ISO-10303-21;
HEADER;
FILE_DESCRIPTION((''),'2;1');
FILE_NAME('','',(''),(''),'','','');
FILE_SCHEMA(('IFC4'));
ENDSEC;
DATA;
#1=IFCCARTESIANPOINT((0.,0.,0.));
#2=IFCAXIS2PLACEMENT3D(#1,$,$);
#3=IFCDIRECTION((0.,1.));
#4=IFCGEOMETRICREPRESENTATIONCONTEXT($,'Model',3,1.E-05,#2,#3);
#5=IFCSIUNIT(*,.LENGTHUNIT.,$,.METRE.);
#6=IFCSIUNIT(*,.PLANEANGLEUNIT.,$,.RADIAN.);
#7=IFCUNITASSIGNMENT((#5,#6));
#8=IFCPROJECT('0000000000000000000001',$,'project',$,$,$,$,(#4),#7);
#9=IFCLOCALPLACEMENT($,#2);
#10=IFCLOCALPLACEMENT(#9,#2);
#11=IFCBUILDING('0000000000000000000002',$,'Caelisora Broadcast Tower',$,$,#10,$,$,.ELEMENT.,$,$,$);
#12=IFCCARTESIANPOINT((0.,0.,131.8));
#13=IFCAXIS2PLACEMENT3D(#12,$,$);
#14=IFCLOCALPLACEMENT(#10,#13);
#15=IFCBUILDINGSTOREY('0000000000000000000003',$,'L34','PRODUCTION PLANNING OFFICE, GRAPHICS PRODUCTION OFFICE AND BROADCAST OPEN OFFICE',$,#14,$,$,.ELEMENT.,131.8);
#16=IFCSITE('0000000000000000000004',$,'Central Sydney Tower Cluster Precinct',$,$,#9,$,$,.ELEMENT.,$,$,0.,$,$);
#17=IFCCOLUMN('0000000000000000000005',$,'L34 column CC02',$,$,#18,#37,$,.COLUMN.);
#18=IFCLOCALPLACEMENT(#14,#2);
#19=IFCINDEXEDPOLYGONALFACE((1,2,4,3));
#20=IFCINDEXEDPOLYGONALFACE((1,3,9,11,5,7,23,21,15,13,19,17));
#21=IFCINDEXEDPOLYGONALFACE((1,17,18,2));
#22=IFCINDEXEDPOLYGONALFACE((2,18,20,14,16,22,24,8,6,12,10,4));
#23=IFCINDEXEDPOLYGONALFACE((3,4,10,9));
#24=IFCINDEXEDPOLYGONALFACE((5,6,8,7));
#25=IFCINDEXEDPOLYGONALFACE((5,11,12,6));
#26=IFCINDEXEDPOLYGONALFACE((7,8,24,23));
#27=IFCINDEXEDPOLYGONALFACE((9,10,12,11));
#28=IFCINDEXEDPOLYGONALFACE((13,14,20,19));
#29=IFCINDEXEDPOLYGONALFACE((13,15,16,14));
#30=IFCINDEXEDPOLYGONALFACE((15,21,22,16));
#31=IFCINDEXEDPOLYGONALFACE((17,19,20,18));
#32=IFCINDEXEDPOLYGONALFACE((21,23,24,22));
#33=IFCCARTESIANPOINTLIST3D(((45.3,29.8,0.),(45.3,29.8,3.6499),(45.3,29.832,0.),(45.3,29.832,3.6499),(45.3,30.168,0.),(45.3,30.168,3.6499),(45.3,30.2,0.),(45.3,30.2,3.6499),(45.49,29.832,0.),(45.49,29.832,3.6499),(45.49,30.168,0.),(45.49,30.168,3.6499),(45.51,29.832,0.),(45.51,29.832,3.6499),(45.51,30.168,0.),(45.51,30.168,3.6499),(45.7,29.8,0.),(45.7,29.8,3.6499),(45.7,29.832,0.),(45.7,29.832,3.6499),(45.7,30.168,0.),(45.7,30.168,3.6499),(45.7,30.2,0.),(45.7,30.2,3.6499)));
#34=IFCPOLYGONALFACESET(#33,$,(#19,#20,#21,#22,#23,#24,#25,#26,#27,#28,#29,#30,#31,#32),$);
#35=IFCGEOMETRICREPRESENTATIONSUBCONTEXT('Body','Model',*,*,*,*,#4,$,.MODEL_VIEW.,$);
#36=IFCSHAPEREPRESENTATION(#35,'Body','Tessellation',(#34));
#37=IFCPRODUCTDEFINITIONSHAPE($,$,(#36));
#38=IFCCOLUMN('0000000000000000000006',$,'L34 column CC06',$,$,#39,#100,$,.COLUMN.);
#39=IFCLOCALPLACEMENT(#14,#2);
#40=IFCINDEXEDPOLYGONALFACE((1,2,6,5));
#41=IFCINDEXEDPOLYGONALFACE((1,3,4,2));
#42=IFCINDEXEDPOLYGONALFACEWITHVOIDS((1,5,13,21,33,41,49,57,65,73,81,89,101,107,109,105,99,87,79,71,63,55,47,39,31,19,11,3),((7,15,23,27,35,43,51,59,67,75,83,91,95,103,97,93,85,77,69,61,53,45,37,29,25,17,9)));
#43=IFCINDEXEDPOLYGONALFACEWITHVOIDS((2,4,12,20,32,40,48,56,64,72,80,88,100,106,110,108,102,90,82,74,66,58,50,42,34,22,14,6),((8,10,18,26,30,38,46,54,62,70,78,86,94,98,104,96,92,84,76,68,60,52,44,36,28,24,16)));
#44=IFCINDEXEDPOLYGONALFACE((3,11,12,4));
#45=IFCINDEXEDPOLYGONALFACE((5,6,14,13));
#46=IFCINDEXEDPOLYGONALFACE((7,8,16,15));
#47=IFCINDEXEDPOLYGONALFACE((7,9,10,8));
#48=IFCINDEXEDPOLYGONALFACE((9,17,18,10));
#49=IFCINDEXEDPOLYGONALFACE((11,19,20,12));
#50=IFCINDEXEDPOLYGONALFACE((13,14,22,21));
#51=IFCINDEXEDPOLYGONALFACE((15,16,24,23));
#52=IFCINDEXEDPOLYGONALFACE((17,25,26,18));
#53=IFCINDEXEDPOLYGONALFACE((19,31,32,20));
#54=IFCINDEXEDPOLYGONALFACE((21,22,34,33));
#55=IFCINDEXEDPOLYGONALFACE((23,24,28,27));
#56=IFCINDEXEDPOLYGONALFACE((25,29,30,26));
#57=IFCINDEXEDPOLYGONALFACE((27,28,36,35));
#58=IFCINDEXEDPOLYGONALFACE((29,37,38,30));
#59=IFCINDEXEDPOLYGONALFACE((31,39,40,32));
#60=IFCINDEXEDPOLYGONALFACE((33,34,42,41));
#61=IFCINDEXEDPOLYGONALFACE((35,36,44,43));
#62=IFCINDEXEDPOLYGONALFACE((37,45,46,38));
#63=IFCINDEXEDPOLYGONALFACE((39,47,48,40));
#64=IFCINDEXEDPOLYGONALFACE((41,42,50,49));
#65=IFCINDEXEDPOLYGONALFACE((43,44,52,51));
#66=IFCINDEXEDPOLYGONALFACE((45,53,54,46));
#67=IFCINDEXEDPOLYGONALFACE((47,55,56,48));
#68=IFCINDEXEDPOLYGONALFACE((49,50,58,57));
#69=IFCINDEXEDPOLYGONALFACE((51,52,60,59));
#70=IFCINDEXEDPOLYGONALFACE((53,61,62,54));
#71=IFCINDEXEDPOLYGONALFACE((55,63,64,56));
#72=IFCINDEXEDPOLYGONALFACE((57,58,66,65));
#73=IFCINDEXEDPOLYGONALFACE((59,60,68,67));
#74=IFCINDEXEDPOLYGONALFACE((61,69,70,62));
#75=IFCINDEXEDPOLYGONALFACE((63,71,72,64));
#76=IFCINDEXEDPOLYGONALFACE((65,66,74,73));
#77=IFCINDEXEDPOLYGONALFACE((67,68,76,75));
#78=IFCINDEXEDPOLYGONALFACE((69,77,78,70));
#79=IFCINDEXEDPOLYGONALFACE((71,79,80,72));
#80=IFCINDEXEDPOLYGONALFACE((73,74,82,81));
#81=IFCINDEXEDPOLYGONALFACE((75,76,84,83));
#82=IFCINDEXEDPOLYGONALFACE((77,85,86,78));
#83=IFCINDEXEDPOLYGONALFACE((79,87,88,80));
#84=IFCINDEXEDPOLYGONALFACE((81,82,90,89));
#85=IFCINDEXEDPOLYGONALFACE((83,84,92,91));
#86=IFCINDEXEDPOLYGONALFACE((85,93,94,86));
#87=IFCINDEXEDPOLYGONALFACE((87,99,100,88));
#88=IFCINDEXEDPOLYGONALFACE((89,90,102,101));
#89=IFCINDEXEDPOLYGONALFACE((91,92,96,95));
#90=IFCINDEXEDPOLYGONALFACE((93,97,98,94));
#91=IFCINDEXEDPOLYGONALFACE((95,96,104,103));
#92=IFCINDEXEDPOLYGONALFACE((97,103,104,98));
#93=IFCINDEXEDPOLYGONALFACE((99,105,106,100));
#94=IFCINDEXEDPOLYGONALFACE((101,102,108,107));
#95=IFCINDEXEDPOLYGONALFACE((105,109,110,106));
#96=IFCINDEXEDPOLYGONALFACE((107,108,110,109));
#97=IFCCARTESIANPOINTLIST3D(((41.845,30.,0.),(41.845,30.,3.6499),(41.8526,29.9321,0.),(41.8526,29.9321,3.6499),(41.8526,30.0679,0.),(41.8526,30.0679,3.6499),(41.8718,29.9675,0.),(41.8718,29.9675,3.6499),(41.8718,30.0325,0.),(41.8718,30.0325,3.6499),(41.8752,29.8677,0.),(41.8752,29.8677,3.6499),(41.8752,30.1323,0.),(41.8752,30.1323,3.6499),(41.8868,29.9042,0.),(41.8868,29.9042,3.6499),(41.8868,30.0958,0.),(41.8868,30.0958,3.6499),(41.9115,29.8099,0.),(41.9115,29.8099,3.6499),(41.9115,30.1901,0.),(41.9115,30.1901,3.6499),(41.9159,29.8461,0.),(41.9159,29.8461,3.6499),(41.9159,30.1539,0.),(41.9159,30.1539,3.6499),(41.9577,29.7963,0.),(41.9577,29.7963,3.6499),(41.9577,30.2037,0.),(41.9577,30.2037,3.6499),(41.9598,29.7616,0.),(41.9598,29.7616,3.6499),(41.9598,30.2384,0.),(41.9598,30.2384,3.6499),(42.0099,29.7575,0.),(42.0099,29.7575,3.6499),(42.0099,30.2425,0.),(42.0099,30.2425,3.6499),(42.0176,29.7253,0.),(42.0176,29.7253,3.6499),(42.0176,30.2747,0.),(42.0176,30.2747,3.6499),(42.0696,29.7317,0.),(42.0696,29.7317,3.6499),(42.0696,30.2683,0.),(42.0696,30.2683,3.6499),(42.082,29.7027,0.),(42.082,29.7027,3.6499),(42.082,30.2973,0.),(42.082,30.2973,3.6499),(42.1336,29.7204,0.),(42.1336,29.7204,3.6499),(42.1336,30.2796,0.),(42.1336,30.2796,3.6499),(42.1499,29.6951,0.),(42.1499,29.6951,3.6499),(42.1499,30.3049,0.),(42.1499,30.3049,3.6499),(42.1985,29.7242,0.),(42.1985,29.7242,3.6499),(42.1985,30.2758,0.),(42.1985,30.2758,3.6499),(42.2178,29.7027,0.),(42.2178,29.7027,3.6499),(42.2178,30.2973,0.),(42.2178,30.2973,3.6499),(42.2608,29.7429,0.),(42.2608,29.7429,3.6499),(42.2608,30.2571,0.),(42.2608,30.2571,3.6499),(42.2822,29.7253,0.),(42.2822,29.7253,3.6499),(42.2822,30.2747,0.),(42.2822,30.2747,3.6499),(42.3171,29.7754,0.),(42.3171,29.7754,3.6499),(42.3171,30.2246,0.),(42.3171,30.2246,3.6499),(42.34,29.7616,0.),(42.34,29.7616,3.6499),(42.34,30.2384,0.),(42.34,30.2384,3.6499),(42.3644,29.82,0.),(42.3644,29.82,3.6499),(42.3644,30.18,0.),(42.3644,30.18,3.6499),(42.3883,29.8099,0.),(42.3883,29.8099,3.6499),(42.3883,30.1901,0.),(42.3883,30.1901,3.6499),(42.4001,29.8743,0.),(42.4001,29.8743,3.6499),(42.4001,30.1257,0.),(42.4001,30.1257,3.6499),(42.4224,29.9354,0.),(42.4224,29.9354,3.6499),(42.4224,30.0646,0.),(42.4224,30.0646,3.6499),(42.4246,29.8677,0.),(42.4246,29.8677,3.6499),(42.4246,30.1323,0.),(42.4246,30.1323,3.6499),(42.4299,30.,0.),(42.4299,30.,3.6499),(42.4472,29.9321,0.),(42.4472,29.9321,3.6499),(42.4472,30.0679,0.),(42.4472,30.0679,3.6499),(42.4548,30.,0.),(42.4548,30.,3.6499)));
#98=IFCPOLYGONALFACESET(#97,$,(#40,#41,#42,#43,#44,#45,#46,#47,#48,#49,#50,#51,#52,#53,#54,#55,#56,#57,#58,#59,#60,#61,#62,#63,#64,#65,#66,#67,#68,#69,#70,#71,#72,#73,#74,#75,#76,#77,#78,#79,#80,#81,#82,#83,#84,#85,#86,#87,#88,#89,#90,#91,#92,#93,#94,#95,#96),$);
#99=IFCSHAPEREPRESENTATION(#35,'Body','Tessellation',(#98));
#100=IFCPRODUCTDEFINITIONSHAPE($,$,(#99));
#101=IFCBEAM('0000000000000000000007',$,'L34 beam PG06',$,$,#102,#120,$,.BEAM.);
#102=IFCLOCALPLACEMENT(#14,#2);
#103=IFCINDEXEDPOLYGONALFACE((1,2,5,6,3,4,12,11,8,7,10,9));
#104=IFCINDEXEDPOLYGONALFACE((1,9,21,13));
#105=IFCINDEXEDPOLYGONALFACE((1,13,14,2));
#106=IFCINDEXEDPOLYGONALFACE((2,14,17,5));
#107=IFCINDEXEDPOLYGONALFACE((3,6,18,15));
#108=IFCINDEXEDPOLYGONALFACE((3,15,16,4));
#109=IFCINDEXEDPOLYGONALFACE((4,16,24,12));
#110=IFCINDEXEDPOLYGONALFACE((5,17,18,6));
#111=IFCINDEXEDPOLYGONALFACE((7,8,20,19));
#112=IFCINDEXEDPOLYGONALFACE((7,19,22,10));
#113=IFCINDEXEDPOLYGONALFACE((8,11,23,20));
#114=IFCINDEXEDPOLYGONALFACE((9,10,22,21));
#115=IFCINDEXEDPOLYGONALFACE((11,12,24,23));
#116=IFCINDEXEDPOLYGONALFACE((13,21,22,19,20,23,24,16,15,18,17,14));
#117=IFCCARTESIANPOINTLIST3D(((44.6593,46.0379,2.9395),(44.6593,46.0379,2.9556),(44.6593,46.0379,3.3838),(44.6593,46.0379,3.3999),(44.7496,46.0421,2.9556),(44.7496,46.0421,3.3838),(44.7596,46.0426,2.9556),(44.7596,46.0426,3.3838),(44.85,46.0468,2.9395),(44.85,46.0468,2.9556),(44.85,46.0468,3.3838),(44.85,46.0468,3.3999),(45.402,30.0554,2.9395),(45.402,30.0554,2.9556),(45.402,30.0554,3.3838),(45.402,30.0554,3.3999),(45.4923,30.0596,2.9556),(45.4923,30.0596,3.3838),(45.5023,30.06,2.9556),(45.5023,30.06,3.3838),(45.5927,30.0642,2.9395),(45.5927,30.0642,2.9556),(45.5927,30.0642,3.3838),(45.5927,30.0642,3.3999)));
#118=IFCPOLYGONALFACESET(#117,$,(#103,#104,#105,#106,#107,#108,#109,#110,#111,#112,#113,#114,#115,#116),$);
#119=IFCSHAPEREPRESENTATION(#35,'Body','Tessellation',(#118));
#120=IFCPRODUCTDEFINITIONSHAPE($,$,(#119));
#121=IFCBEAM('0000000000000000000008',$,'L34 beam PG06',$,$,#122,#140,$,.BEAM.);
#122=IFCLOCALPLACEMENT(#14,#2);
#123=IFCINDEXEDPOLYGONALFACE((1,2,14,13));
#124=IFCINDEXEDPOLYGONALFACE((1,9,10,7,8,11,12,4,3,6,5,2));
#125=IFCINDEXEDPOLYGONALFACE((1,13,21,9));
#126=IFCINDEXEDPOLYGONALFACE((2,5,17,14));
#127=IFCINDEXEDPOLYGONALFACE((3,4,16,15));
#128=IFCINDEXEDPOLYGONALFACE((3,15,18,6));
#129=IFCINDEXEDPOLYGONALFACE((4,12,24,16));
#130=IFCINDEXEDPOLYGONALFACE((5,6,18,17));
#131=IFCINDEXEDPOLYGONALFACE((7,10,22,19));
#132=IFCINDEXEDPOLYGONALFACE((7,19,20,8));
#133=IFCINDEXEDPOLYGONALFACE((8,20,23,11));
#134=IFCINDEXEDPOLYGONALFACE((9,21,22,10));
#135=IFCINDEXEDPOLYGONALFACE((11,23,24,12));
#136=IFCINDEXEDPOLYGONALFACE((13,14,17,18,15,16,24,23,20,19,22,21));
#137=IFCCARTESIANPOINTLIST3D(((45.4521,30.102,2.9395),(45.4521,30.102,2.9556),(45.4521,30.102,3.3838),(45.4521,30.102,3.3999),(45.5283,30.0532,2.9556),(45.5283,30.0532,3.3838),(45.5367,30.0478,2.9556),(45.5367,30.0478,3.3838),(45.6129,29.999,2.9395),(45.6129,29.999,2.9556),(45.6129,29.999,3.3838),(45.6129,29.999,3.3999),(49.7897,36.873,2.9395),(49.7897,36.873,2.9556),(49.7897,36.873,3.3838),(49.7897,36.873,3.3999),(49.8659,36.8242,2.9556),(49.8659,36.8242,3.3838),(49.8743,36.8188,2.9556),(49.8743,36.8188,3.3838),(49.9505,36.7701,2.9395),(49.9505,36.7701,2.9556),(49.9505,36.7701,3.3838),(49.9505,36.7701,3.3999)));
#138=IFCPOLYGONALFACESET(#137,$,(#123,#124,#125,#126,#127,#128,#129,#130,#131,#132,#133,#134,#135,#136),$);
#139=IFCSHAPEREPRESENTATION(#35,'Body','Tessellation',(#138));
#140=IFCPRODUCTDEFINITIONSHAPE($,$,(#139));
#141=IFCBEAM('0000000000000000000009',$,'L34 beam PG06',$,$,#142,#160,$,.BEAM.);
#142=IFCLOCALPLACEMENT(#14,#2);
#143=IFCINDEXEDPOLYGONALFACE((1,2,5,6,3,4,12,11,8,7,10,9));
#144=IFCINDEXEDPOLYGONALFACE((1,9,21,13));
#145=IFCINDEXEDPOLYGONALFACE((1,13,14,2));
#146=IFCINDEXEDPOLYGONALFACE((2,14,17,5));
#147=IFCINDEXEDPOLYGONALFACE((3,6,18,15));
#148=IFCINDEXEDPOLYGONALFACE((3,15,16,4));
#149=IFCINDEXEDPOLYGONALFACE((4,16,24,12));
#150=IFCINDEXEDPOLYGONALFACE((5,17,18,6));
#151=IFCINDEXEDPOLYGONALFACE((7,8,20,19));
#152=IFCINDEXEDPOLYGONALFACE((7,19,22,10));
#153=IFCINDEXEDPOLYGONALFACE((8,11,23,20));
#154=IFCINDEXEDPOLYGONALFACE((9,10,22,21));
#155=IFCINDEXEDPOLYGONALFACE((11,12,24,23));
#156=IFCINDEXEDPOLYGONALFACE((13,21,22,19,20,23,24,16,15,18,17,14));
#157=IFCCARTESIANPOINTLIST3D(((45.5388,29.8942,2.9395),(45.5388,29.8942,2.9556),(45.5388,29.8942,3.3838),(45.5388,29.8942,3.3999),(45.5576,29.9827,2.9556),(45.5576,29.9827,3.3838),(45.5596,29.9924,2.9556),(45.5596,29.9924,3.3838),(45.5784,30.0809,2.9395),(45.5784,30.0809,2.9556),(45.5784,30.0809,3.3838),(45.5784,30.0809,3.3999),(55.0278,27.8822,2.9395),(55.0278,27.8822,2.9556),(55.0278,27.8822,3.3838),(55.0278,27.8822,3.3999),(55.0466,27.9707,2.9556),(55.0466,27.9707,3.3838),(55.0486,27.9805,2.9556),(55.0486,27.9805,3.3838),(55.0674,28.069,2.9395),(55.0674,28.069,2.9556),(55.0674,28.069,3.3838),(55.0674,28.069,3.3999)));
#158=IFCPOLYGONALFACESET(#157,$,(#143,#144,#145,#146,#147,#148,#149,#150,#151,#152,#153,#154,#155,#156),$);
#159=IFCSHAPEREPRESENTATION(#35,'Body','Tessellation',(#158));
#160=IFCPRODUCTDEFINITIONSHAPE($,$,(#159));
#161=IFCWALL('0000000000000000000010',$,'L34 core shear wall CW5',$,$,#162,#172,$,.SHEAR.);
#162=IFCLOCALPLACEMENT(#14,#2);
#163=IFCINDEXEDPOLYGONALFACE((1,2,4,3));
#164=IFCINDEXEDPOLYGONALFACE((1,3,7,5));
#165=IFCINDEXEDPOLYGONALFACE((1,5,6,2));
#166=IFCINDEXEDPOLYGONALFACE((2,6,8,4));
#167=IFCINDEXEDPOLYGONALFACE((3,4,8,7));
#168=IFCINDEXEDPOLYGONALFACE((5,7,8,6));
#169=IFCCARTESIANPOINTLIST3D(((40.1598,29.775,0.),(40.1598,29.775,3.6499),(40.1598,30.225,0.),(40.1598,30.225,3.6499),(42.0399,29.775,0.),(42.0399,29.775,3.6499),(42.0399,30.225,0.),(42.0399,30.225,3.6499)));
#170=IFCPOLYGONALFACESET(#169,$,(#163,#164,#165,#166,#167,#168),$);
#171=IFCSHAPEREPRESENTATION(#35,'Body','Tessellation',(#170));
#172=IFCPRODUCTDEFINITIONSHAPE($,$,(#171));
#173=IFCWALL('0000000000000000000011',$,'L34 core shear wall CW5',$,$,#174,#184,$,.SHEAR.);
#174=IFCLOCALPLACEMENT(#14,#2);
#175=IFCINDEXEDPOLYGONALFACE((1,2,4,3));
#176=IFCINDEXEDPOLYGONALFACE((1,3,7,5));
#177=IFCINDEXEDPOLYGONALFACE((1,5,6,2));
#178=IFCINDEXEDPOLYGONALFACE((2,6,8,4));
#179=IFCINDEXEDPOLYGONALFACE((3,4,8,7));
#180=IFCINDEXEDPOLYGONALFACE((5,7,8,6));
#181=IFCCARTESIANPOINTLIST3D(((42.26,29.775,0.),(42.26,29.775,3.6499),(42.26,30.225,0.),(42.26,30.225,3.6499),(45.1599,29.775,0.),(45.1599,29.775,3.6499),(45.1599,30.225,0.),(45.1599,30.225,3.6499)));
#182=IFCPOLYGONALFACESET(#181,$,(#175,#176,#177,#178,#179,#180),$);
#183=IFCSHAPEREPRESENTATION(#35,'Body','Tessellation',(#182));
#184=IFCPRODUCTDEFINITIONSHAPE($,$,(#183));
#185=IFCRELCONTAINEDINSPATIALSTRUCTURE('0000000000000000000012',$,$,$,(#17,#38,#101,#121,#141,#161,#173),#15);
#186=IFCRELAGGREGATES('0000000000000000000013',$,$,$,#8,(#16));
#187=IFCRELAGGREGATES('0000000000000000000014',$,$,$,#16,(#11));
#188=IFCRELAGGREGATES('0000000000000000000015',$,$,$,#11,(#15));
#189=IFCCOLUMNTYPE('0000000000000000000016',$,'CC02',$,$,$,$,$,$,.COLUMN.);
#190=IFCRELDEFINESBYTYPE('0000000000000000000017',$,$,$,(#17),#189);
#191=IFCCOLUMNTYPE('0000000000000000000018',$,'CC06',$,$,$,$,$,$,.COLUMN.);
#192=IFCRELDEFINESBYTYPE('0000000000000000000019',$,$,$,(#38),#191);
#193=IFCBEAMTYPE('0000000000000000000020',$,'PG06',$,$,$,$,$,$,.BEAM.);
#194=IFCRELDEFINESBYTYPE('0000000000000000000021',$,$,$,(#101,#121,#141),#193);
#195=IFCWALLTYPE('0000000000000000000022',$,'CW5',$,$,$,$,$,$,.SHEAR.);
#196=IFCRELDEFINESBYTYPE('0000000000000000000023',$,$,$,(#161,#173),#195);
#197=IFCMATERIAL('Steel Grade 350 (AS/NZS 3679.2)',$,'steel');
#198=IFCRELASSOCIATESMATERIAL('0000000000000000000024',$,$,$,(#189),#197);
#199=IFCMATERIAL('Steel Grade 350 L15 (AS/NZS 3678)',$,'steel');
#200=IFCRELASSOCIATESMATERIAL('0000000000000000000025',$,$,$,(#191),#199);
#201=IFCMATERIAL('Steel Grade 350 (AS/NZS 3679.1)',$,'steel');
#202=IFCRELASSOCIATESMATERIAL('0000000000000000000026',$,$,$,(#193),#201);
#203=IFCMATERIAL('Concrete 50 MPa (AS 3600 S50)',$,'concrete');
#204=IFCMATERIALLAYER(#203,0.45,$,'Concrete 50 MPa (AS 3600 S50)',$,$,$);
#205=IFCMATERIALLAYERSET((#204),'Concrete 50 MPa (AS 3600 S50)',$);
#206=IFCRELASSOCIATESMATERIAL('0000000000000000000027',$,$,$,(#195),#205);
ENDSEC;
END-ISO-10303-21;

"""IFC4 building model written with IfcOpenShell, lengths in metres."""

from ifc_helpers import new_model, si_unit, direction, frame, frame_2d, origin, origin_2d, place, context, subcontext, project, spatial, rectangle, hollow_circle, i_section, extrude, source, transform, mapped, material, layer, layer_set, material_profile, profile_set, type_object, type_shapes, element, save


model = new_model("IFC4")

# Units and contexts
model_context = context("Model", 3, precision=1e-05, world=origin(), true_north=direction((0.0, 1.0)))
body_context = subcontext(model_context, "Body", "Model", "MODEL_VIEW")
ifc_project = project(units=[si_unit("LENGTHUNIT", "METRE"), si_unit("PLANEANGLEUNIT", "RADIAN")], contexts=[model_context])

# Site, building, storey
site_placement = place(None, origin())
site = spatial("IfcSite", under=ifc_project, at=site_placement, Name="Central Sydney Tower Cluster Precinct", CompositionType="ELEMENT", RefElevation=0.0)
building_placement = place(site_placement, origin())
building = spatial("IfcBuilding", under=site, at=building_placement, Name="Caelisora Broadcast Tower", CompositionType="ELEMENT")
storey_placement = place(building_placement, frame((0.0, 0.0, 131.8)))
storey = spatial("IfcBuildingStorey", under=building, at=storey_placement, Name="L34", Description="PRODUCTION PLANNING OFFICE, GRAPHICS PRODUCTION OFFICE AND BROADCAST OPEN OFFICE", CompositionType="ELEMENT", Elevation=131.8)

# Columns
ifc_material_1 = material(Name="Steel Grade 350 (AS/NZS 3679.2)", Category="steel")
ifc_material_profile_1 = material_profile(ifc_material_1, i_section(OverallWidth=0.3999, OverallDepth=0.3999, WebThickness=0.02, FlangeThickness=0.032, at=origin_2d()), Name="Steel Grade 350 (AS/NZS 3679.2)")
ifc_profile_set_1 = profile_set([ifc_material_profile_1], Name="Steel Grade 350 (AS/NZS 3679.2)")
column_type_1 = type_object("IfcColumnType", Name="CC02", PredefinedType="COLUMN", material=ifc_profile_set_1)
shared_shape_1 = source(origin(), body_context, "Body", "SweptSolid", [
    extrude(i_section(OverallWidth=0.3999, OverallDepth=0.3999, WebThickness=0.02, FlangeThickness=0.032, at=origin_2d()), origin(), (0.0, 0.0, 1.0), 3.6499),
])
type_shapes(column_type_1, [shared_shape_1])
column_1_placement = place(storey_placement, frame((45.5, 30.0, 0.0), z_axis=(0.0, 0.0, 1.0), x_axis=(1.0, 0.0, 0.0)))
element("IfcColumn", 1, at=column_1_placement, inside=storey, type_object=column_type_1, Name="L34 column CC02", PredefinedType="COLUMN", context=body_context, shape_type="MappedRepresentation", body=[
    mapped(shared_shape_1, transform((0.0, 0.0, 0.0), scale=1.0)),
])
ifc_material_2 = material(Name="Steel Grade 350 L15 (AS/NZS 3678)", Category="steel")
ifc_material_profile_2 = material_profile(ifc_material_2, hollow_circle(Radius=0.3049, WallThickness=0.0249, at=origin_2d()), Name="Steel Grade 350 L15 (AS/NZS 3678)")
ifc_profile_set_2 = profile_set([ifc_material_profile_2], Name="Steel Grade 350 L15 (AS/NZS 3678)")
column_type_2 = type_object("IfcColumnType", Name="CC06", PredefinedType="COLUMN", material=ifc_profile_set_2)
shared_shape_2 = source(origin(), body_context, "Body", "SweptSolid", [
    extrude(hollow_circle(Radius=0.3049, WallThickness=0.0249, at=origin_2d()), origin(), (0.0, 0.0, 1.0), 3.6499),
])
type_shapes(column_type_2, [shared_shape_2])
column_2_placement = place(storey_placement, frame((42.1499, 30.0, 0.0), z_axis=(0.0, 0.0, 1.0), x_axis=(1.0, 0.0, 0.0)))
element("IfcColumn", 2, at=column_2_placement, inside=storey, type_object=column_type_2, Name="L34 column CC06", PredefinedType="COLUMN", context=body_context, shape_type="MappedRepresentation", body=[
    mapped(shared_shape_2, transform((0.0, 0.0, 0.0), scale=1.0)),
])

# Beams
ifc_material_3 = material(Name="Steel Grade 350 (AS/NZS 3679.1)", Category="steel")
ifc_material_profile_3 = material_profile(ifc_material_3, i_section(OverallWidth=0.1909, OverallDepth=0.4604, WebThickness=0.01, FlangeThickness=0.0161, at=origin_2d()), Name="Steel Grade 350 (AS/NZS 3679.1)")
ifc_profile_set_3 = profile_set([ifc_material_profile_3], Name="Steel Grade 350 (AS/NZS 3679.1)")
beam_type = type_object("IfcBeamType", Name="PG06", PredefinedType="BEAM", material=ifc_profile_set_3)
shared_shape_3 = source(origin(), body_context, "Body", "SweptSolid", [
    extrude(i_section(OverallWidth=0.1909, OverallDepth=0.4604, WebThickness=0.01, FlangeThickness=0.0161, at=origin_2d()), origin(), (0.0, 0.0, 1.0), 15.9998),
])
beam_1_placement = place(storey_placement, frame((45.4973, 30.0598, 3.1697), z_axis=(-0.046418, 0.998922, 0.0), x_axis=(-0.998922, -0.046418, 0.0)))
element("IfcBeam", 3, at=beam_1_placement, inside=storey, type_object=beam_type, Name="L34 beam PG06", PredefinedType="BEAM", context=body_context, shape_type="MappedRepresentation", body=[
    mapped(shared_shape_3, transform((0.0, 0.0, 0.0), scale=1.0)),
])
shared_shape_4 = source(origin(), body_context, "Body", "SweptSolid", [
    extrude(i_section(OverallWidth=0.1909, OverallDepth=0.4604, WebThickness=0.01, FlangeThickness=0.0161, at=origin_2d()), origin(), (0.0, 0.0, 1.0), 8.0413),
])
beam_2_placement = place(storey_placement, frame((45.5325, 30.0505, 3.1697), z_axis=(0.539425, 0.842034, 0.0), x_axis=(-0.842034, 0.539425, 0.0)))
element("IfcBeam", 4, at=beam_2_placement, inside=storey, type_object=beam_type, Name="L34 beam PG06", PredefinedType="BEAM", context=body_context, shape_type="MappedRepresentation", body=[
    mapped(shared_shape_4, transform((0.0, 0.0, 0.0), scale=1.0)),
])
shared_shape_5 = source(origin(), body_context, "Body", "SweptSolid", [
    extrude(i_section(OverallWidth=0.1909, OverallDepth=0.4604, WebThickness=0.01, FlangeThickness=0.0161, at=origin_2d()), origin(), (0.0, 0.0, 1.0), 9.7),
])
type_shapes(beam_type, [shared_shape_3, shared_shape_4, shared_shape_5])
beam_3_placement = place(storey_placement, frame((45.5586, 29.9875, 3.1697), z_axis=(0.978252, -0.20742, 0.0), x_axis=(0.20742, 0.978252, 0.0)))
element("IfcBeam", 5, at=beam_3_placement, inside=storey, type_object=beam_type, Name="L34 beam PG06", PredefinedType="BEAM", context=body_context, shape_type="MappedRepresentation", body=[
    mapped(shared_shape_5, transform((0.0, 0.0, 0.0), scale=1.0)),
])

# Walls
ifc_material_4 = material(Name="Concrete 50 MPa (AS 3600 S50)", Category="concrete")
ifc_layer_1 = layer(ifc_material_4, 0.45, Name="Concrete 50 MPa (AS 3600 S50)")
ifc_layer_set_1 = layer_set([ifc_layer_1], Name="Concrete 50 MPa (AS 3600 S50)")
wall_type_1 = type_object("IfcWallType", Name="CW5", PredefinedType="SHEAR", material=ifc_layer_set_1)
wall_1_placement = place(storey_placement, frame((40.1599, 30.0, 0.0), z_axis=(0.0, 0.0, 1.0), x_axis=(1.0, 0.0, 0.0)))
element("IfcWall", 6, at=wall_1_placement, inside=storey, type_object=wall_type_1, Name="L34 core shear wall CW5", PredefinedType="SHEAR", context=body_context, shape_type="SweptSolid", body=[
    extrude(rectangle(XDim=1.8801, YDim=0.45, at=frame_2d((0.9399, 0.0))), origin(), (0.0, 0.0, 1.0), 3.6499),
])
wall_2_placement = place(storey_placement, frame((42.26, 30.0, 0.0), z_axis=(0.0, 0.0, 1.0), x_axis=(1.0, 0.0, 0.0)))
element("IfcWall", 7, at=wall_2_placement, inside=storey, type_object=wall_type_1, Name="L34 core shear wall CW5", PredefinedType="SHEAR", context=body_context, shape_type="SweptSolid", body=[
    extrude(rectangle(XDim=2.8999, YDim=0.45, at=frame_2d((1.45, 0.0))), origin(), (0.0, 0.0, 1.0), 3.6499),
])

save(model, "model.ifc")
